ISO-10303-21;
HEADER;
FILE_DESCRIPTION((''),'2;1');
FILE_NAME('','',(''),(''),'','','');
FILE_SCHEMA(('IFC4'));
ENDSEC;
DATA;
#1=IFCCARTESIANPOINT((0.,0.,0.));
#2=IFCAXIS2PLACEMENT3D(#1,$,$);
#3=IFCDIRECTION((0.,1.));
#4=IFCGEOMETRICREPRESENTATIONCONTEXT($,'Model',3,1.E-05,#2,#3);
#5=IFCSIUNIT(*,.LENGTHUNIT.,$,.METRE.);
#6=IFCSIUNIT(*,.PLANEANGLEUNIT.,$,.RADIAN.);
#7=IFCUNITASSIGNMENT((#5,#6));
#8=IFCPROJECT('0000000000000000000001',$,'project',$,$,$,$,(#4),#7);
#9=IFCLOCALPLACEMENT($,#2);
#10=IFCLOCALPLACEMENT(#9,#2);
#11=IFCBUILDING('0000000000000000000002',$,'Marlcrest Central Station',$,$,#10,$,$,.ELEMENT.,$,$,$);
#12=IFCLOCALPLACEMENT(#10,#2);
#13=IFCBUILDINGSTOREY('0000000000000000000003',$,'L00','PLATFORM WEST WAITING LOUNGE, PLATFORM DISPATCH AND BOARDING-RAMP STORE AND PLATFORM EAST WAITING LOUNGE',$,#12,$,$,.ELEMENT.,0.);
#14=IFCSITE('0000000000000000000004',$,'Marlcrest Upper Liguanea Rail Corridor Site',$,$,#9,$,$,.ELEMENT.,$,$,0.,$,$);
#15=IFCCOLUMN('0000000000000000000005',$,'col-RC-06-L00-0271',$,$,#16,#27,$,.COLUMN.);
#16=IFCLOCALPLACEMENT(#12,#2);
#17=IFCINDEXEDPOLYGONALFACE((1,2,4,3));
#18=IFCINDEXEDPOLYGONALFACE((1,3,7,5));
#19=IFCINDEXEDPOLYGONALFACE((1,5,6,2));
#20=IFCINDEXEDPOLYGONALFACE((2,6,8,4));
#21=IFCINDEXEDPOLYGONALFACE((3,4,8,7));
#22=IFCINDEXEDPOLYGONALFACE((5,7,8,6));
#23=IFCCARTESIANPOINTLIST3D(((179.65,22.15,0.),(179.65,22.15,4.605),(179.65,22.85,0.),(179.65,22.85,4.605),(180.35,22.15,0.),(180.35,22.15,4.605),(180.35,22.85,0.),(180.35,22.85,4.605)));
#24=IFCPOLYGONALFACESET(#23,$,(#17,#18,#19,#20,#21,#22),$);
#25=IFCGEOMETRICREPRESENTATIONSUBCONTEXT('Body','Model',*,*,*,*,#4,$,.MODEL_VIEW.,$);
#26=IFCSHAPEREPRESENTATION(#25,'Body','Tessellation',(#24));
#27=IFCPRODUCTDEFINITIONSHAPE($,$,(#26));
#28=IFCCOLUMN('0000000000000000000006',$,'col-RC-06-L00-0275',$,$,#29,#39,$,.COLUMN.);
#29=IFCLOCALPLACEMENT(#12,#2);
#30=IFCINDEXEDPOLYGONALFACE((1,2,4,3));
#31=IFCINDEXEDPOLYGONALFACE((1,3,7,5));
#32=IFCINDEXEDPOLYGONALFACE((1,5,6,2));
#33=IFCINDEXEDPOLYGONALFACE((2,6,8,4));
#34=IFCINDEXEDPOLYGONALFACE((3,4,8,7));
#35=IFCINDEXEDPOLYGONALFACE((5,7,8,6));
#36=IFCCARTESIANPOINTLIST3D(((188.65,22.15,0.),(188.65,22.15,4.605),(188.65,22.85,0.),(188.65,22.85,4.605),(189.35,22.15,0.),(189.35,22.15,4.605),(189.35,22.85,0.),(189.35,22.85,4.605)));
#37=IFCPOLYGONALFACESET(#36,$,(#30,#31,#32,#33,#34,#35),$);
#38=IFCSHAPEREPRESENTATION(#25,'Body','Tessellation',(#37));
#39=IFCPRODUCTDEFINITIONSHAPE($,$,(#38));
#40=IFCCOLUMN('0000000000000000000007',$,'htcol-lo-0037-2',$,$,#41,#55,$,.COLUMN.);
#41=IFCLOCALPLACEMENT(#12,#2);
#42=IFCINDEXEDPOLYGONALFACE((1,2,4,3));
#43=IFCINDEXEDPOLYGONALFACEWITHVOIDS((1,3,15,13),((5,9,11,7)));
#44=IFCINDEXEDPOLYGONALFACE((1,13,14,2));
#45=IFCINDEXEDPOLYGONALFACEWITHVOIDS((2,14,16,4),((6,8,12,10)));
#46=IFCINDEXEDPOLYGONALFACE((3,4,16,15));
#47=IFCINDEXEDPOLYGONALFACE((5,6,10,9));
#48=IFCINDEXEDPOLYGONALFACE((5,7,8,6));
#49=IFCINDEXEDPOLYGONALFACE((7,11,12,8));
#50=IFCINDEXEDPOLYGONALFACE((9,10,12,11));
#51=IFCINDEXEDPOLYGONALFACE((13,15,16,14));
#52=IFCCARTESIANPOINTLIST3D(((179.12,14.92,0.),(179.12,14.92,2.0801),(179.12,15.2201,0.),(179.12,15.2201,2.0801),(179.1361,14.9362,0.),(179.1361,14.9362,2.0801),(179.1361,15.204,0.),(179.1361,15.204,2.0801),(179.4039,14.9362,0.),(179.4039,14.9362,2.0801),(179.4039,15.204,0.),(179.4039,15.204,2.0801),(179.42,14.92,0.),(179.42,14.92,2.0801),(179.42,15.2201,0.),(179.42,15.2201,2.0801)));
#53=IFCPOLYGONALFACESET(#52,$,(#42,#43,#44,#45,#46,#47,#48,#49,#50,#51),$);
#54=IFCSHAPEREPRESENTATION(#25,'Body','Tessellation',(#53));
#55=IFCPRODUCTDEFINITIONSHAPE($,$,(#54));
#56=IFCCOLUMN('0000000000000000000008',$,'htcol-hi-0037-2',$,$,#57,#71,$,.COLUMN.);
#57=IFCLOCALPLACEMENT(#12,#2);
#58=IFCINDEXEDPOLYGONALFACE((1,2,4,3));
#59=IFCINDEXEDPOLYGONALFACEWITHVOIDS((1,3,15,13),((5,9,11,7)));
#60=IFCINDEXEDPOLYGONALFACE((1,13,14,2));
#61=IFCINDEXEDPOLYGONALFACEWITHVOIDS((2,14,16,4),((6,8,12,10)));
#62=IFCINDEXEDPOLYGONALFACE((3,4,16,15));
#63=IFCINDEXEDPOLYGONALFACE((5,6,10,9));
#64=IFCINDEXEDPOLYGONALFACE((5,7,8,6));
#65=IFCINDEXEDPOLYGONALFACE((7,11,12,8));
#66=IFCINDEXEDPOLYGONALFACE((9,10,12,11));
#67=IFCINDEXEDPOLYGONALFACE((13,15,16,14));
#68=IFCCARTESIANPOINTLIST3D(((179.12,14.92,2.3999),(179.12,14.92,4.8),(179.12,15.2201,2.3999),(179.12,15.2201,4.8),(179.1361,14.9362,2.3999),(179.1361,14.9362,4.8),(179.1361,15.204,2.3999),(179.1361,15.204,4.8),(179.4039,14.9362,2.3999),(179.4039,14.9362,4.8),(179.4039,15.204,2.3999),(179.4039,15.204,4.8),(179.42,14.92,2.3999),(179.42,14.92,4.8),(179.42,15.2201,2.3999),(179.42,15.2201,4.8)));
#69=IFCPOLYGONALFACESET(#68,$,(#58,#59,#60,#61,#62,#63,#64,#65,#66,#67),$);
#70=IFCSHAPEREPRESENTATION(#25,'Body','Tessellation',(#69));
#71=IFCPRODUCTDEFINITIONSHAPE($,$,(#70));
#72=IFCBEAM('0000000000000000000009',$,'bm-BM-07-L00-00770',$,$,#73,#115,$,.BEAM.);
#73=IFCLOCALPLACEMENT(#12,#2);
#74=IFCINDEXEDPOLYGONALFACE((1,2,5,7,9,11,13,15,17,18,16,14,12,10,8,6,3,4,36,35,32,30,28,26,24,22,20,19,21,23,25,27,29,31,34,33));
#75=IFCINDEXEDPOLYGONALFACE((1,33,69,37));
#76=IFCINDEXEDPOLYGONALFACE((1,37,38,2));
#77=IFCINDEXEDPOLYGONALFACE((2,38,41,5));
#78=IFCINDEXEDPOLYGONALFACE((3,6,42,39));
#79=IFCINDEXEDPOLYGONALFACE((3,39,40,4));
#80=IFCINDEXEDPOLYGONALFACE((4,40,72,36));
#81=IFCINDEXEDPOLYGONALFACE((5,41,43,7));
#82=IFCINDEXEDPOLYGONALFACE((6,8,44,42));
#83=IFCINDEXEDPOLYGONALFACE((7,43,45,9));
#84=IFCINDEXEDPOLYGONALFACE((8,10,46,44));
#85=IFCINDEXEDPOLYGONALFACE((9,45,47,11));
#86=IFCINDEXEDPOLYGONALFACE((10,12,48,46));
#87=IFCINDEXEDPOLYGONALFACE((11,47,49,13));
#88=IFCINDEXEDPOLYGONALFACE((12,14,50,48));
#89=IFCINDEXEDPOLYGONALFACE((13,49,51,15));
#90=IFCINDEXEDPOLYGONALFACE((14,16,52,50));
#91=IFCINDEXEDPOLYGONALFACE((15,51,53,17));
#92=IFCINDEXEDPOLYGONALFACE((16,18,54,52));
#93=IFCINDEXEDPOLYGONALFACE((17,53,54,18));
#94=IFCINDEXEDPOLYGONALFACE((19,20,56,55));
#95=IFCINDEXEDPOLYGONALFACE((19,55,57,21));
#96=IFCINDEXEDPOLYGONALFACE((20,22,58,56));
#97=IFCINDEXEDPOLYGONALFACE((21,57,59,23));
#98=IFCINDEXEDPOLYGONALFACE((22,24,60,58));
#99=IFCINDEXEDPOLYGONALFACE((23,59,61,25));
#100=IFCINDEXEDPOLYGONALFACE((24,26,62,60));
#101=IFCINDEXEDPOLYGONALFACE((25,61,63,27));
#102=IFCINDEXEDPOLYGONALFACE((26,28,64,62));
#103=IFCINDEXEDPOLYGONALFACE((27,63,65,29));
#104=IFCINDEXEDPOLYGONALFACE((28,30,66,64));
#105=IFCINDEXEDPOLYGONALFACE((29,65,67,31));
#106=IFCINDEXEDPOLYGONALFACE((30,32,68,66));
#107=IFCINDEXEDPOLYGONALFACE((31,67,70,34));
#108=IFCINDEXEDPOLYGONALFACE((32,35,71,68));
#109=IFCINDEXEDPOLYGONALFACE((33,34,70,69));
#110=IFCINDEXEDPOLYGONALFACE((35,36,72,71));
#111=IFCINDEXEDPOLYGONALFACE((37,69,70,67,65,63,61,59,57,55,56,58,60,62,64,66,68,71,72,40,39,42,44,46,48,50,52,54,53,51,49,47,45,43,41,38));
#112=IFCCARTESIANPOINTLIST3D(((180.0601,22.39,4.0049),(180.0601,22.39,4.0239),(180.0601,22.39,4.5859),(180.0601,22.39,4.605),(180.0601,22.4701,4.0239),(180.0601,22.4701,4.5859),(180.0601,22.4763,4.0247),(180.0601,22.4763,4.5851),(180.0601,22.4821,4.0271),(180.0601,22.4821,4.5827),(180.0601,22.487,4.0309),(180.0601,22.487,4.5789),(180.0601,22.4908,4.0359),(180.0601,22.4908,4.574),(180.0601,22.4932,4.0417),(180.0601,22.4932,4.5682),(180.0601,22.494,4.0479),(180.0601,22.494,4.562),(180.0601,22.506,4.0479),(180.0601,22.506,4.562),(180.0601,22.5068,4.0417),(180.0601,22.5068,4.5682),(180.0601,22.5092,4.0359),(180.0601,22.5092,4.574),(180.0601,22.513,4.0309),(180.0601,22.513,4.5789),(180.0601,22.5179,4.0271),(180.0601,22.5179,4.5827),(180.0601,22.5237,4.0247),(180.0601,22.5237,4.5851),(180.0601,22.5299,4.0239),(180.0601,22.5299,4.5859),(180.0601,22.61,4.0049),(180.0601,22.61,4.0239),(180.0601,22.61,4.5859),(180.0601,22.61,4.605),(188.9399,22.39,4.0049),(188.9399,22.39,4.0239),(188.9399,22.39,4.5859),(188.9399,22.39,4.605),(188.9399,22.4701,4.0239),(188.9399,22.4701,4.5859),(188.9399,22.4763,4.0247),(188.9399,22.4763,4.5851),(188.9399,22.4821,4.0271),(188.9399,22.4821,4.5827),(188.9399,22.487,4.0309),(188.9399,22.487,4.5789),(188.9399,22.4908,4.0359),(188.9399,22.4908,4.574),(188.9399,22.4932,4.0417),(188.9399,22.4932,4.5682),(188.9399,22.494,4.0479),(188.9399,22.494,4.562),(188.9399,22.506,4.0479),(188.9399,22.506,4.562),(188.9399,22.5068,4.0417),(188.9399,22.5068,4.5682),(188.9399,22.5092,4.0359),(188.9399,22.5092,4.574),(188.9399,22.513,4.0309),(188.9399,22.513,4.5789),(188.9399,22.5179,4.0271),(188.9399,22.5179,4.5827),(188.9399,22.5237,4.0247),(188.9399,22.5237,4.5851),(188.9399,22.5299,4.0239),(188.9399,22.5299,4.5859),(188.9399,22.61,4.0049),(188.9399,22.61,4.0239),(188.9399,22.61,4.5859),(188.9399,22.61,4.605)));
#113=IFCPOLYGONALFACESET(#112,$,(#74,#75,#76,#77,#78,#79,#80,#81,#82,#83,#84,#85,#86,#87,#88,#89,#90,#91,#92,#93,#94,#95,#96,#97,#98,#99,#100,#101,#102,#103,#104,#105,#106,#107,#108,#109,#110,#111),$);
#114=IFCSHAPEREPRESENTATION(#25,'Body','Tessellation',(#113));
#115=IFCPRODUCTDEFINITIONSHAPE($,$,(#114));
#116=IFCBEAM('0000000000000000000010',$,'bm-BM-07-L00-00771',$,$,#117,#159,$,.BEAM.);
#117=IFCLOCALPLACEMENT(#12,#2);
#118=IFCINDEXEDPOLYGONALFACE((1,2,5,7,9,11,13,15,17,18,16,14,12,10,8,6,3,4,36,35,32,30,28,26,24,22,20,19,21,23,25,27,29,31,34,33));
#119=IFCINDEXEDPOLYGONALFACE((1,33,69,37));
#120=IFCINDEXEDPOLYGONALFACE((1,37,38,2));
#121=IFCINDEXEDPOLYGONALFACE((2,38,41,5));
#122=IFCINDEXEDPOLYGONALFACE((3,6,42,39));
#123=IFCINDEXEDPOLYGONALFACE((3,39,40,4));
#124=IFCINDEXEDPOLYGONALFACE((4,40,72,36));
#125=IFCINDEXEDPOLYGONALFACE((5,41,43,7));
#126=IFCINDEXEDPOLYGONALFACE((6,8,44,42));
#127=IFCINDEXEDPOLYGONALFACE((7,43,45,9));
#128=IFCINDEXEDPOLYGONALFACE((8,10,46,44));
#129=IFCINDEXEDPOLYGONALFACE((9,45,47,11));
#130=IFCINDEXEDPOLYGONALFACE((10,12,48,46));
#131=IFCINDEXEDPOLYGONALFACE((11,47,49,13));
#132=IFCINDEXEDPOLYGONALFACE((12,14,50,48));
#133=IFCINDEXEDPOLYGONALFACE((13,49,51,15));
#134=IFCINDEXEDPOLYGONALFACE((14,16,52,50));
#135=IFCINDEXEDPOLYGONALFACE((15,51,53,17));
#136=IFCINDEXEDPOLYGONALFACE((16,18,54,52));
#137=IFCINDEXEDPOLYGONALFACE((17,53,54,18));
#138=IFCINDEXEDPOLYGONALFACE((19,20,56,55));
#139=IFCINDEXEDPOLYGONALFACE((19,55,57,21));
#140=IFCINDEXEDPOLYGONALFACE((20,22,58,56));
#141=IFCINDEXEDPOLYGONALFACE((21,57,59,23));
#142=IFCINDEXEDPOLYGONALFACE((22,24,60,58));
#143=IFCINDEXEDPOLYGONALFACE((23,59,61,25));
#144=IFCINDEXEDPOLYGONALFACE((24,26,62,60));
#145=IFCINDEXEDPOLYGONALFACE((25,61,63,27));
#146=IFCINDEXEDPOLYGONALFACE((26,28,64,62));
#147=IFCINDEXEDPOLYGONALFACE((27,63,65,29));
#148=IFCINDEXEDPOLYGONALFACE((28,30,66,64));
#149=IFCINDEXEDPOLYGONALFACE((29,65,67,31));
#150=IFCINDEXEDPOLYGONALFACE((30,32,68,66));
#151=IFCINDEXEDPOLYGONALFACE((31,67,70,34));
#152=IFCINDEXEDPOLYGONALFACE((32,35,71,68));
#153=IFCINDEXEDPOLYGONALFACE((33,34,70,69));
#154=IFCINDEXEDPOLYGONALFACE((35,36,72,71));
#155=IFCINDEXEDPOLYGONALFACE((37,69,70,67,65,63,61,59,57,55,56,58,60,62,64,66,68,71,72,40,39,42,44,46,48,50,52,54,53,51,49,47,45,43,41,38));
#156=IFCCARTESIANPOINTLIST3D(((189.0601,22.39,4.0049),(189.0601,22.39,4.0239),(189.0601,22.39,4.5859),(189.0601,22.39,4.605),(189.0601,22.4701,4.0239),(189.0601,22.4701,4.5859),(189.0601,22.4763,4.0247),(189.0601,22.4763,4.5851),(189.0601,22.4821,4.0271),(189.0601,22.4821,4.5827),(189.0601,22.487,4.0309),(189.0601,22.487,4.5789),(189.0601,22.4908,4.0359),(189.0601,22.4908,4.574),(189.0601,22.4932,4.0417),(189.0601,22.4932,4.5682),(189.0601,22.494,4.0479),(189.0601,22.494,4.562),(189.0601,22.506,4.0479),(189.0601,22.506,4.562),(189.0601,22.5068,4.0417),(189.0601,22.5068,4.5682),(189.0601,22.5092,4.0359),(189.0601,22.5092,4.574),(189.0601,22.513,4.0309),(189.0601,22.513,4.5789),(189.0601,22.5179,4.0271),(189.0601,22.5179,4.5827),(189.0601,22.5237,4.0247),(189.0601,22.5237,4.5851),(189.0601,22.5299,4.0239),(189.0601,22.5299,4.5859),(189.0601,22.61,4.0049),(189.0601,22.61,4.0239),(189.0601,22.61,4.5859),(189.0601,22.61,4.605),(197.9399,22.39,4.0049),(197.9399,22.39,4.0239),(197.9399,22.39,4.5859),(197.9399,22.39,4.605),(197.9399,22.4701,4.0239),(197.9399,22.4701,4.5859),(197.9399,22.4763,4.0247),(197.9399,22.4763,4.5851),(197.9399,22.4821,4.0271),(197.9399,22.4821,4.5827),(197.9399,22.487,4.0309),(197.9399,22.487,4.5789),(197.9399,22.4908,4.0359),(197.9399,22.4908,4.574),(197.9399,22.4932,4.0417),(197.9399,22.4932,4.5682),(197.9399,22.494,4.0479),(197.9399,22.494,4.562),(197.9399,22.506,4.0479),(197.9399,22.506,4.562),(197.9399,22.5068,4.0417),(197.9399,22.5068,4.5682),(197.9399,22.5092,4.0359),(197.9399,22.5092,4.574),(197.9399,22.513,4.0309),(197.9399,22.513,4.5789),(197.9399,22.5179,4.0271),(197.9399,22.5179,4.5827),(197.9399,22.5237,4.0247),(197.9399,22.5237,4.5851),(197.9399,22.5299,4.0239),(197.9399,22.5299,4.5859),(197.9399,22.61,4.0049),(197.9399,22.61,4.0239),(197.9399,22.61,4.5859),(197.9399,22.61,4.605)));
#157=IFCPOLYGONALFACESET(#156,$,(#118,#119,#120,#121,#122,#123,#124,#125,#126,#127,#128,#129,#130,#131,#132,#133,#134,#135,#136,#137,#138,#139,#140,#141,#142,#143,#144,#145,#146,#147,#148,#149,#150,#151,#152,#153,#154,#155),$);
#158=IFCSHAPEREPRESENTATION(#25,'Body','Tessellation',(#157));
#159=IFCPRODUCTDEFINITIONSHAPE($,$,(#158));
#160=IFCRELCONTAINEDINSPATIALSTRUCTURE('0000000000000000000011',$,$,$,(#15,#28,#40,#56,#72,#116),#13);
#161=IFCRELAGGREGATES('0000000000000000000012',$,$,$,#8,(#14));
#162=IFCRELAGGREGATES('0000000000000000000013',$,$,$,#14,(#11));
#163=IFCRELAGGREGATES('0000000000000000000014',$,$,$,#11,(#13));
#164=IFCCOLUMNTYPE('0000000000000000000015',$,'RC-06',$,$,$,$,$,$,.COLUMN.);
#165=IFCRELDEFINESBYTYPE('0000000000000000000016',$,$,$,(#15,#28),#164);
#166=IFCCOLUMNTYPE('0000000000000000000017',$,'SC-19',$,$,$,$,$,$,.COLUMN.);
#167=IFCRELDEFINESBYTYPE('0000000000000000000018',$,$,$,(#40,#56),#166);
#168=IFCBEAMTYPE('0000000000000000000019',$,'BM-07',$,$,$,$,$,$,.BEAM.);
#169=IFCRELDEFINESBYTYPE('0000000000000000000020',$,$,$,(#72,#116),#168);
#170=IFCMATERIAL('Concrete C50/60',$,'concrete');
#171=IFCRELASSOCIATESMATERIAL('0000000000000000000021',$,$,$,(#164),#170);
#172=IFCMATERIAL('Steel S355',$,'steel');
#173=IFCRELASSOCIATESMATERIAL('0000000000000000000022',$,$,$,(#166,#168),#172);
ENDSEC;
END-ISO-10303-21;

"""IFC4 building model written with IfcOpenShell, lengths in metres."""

from ifc_helpers import new_model, si_unit, direction, frame, origin, origin_2d, place, context, subcontext, project, spatial, rectangle, hollow_rectangle, i_section, extrude, material, material_profile, profile_set, type_object, element, save


model = new_model("IFC4")

# Units and contexts
model_context = context("Model", 3, precision=1e-05, world=origin(), true_north=direction((0.0, 1.0)))
body_context = subcontext(model_context, "Body", "Model", "MODEL_VIEW")
ifc_project = project(units=[si_unit("LENGTHUNIT", "METRE"), si_unit("PLANEANGLEUNIT", "RADIAN")], contexts=[model_context])

# Site, building, storey
site_placement = place(None, origin())
site = spatial("IfcSite", under=ifc_project, at=site_placement, Name="Marlcrest Upper Liguanea Rail Corridor Site", CompositionType="ELEMENT", RefElevation=0.0)
building_placement = place(site_placement, origin())
building = spatial("IfcBuilding", under=site, at=building_placement, Name="Marlcrest Central Station", CompositionType="ELEMENT")
storey_placement = place(building_placement, origin())
storey = spatial("IfcBuildingStorey", under=building, at=storey_placement, Name="L00", Description="PLATFORM WEST WAITING LOUNGE, PLATFORM DISPATCH AND BOARDING-RAMP STORE AND PLATFORM EAST WAITING LOUNGE", CompositionType="ELEMENT", Elevation=0.0)

# Columns
ifc_material_1 = material(Name="Concrete C50/60", Category="concrete")
ifc_material_profile_1 = material_profile(ifc_material_1, rectangle(XDim=0.7, YDim=0.7, at=origin_2d()), Name="RC 700x700")
ifc_profile_set_1 = profile_set([ifc_material_profile_1], Name="Concrete C50/60")
column_type_1 = type_object("IfcColumnType", Name="RC-06", PredefinedType="COLUMN", material=ifc_profile_set_1)
for number, where, z_axis, x_axis, name in (
    (1, (180.0, 22.5, 0.0), (0.0, 0.0, 1.0), (1.0, 0.0, 0.0), "col-RC-06-L00-0271"),
    (2, (189.0, 22.5, 0.0), (0.0, 0.0, 1.0), (1.0, 0.0, 0.0), "col-RC-06-L00-0275"),
):
    element("IfcColumn", number, at=place(storey_placement, frame(where, z_axis=z_axis, x_axis=x_axis)), inside=storey, type_object=column_type_1, Name=name, PredefinedType="COLUMN", context=body_context, shape_type="SweptSolid", body=[
        extrude(rectangle(XDim=0.7, YDim=0.7, at=origin_2d()), origin(), (0.0, 0.0, 1.0), 4.605),
    ])
ifc_material_2 = material(Name="Steel S355", Category="steel")
ifc_material_profile_2 = material_profile(ifc_material_2, hollow_rectangle(XDim=0.3, YDim=0.3, WallThickness=0.0161, at=origin_2d()), Name="SHS 300x300x16")
ifc_profile_set_2 = profile_set([ifc_material_profile_2], Name="Steel S355")
column_type_2 = type_object("IfcColumnType", Name="SC-19", PredefinedType="COLUMN", material=ifc_profile_set_2)
column_1_placement = place(storey_placement, frame((179.27, 15.0701, 0.0), z_axis=(0.0, 0.0, 1.0), x_axis=(1.0, 0.0, 0.0)))
element("IfcColumn", 3, at=column_1_placement, inside=storey, type_object=column_type_2, Name="htcol-lo-0037-2", PredefinedType="COLUMN", context=body_context, shape_type="SweptSolid", body=[
    extrude(hollow_rectangle(XDim=0.3, YDim=0.3, WallThickness=0.0161, at=origin_2d()), origin(), (0.0, 0.0, 1.0), 2.0801),
])
column_2_placement = place(storey_placement, frame((179.27, 15.0701, 2.3999), z_axis=(0.0, 0.0, 1.0), x_axis=(1.0, 0.0, 0.0)))
element("IfcColumn", 4, at=column_2_placement, inside=storey, type_object=column_type_2, Name="htcol-hi-0037-2", PredefinedType="COLUMN", context=body_context, shape_type="SweptSolid", body=[
    extrude(hollow_rectangle(XDim=0.3, YDim=0.3, WallThickness=0.0161, at=origin_2d()), origin(), (0.0, 0.0, 1.0), 2.4001),
])

# Beams
ifc_material_profile_3 = material_profile(ifc_material_2, i_section(OverallWidth=0.22, OverallDepth=0.6001, WebThickness=0.012, FlangeThickness=0.019, FilletRadius=0.0239, at=origin_2d()), Name="IPE 600")
ifc_profile_set_3 = profile_set([ifc_material_profile_3], Name="Steel S355")
beam_type_1 = type_object("IfcBeamType", Name="BM-07", PredefinedType="BEAM", material=ifc_profile_set_3)
for number, where, z_axis, x_axis, name in (
    (5, (180.0601, 22.5, 4.3049), (1.0, 0.0, 0.0), (0.0, 1.0, 0.0), "bm-BM-07-L00-00770"),
    (6, (189.0601, 22.5, 4.3049), (1.0, 0.0, 0.0), (0.0, 1.0, 0.0), "bm-BM-07-L00-00771"),
):
    element("IfcBeam", number, at=place(storey_placement, frame(where, z_axis=z_axis, x_axis=x_axis)), inside=storey, type_object=beam_type_1, Name=name, PredefinedType="BEAM", context=body_context, shape_type="SweptSolid", body=[
        extrude(i_section(OverallWidth=0.22, OverallDepth=0.6001, WebThickness=0.012, FlangeThickness=0.019, FilletRadius=0.0239, at=origin_2d()), origin(), (0.0, 0.0, 1.0), 8.8799),
    ])

save(model, "model.ifc")
